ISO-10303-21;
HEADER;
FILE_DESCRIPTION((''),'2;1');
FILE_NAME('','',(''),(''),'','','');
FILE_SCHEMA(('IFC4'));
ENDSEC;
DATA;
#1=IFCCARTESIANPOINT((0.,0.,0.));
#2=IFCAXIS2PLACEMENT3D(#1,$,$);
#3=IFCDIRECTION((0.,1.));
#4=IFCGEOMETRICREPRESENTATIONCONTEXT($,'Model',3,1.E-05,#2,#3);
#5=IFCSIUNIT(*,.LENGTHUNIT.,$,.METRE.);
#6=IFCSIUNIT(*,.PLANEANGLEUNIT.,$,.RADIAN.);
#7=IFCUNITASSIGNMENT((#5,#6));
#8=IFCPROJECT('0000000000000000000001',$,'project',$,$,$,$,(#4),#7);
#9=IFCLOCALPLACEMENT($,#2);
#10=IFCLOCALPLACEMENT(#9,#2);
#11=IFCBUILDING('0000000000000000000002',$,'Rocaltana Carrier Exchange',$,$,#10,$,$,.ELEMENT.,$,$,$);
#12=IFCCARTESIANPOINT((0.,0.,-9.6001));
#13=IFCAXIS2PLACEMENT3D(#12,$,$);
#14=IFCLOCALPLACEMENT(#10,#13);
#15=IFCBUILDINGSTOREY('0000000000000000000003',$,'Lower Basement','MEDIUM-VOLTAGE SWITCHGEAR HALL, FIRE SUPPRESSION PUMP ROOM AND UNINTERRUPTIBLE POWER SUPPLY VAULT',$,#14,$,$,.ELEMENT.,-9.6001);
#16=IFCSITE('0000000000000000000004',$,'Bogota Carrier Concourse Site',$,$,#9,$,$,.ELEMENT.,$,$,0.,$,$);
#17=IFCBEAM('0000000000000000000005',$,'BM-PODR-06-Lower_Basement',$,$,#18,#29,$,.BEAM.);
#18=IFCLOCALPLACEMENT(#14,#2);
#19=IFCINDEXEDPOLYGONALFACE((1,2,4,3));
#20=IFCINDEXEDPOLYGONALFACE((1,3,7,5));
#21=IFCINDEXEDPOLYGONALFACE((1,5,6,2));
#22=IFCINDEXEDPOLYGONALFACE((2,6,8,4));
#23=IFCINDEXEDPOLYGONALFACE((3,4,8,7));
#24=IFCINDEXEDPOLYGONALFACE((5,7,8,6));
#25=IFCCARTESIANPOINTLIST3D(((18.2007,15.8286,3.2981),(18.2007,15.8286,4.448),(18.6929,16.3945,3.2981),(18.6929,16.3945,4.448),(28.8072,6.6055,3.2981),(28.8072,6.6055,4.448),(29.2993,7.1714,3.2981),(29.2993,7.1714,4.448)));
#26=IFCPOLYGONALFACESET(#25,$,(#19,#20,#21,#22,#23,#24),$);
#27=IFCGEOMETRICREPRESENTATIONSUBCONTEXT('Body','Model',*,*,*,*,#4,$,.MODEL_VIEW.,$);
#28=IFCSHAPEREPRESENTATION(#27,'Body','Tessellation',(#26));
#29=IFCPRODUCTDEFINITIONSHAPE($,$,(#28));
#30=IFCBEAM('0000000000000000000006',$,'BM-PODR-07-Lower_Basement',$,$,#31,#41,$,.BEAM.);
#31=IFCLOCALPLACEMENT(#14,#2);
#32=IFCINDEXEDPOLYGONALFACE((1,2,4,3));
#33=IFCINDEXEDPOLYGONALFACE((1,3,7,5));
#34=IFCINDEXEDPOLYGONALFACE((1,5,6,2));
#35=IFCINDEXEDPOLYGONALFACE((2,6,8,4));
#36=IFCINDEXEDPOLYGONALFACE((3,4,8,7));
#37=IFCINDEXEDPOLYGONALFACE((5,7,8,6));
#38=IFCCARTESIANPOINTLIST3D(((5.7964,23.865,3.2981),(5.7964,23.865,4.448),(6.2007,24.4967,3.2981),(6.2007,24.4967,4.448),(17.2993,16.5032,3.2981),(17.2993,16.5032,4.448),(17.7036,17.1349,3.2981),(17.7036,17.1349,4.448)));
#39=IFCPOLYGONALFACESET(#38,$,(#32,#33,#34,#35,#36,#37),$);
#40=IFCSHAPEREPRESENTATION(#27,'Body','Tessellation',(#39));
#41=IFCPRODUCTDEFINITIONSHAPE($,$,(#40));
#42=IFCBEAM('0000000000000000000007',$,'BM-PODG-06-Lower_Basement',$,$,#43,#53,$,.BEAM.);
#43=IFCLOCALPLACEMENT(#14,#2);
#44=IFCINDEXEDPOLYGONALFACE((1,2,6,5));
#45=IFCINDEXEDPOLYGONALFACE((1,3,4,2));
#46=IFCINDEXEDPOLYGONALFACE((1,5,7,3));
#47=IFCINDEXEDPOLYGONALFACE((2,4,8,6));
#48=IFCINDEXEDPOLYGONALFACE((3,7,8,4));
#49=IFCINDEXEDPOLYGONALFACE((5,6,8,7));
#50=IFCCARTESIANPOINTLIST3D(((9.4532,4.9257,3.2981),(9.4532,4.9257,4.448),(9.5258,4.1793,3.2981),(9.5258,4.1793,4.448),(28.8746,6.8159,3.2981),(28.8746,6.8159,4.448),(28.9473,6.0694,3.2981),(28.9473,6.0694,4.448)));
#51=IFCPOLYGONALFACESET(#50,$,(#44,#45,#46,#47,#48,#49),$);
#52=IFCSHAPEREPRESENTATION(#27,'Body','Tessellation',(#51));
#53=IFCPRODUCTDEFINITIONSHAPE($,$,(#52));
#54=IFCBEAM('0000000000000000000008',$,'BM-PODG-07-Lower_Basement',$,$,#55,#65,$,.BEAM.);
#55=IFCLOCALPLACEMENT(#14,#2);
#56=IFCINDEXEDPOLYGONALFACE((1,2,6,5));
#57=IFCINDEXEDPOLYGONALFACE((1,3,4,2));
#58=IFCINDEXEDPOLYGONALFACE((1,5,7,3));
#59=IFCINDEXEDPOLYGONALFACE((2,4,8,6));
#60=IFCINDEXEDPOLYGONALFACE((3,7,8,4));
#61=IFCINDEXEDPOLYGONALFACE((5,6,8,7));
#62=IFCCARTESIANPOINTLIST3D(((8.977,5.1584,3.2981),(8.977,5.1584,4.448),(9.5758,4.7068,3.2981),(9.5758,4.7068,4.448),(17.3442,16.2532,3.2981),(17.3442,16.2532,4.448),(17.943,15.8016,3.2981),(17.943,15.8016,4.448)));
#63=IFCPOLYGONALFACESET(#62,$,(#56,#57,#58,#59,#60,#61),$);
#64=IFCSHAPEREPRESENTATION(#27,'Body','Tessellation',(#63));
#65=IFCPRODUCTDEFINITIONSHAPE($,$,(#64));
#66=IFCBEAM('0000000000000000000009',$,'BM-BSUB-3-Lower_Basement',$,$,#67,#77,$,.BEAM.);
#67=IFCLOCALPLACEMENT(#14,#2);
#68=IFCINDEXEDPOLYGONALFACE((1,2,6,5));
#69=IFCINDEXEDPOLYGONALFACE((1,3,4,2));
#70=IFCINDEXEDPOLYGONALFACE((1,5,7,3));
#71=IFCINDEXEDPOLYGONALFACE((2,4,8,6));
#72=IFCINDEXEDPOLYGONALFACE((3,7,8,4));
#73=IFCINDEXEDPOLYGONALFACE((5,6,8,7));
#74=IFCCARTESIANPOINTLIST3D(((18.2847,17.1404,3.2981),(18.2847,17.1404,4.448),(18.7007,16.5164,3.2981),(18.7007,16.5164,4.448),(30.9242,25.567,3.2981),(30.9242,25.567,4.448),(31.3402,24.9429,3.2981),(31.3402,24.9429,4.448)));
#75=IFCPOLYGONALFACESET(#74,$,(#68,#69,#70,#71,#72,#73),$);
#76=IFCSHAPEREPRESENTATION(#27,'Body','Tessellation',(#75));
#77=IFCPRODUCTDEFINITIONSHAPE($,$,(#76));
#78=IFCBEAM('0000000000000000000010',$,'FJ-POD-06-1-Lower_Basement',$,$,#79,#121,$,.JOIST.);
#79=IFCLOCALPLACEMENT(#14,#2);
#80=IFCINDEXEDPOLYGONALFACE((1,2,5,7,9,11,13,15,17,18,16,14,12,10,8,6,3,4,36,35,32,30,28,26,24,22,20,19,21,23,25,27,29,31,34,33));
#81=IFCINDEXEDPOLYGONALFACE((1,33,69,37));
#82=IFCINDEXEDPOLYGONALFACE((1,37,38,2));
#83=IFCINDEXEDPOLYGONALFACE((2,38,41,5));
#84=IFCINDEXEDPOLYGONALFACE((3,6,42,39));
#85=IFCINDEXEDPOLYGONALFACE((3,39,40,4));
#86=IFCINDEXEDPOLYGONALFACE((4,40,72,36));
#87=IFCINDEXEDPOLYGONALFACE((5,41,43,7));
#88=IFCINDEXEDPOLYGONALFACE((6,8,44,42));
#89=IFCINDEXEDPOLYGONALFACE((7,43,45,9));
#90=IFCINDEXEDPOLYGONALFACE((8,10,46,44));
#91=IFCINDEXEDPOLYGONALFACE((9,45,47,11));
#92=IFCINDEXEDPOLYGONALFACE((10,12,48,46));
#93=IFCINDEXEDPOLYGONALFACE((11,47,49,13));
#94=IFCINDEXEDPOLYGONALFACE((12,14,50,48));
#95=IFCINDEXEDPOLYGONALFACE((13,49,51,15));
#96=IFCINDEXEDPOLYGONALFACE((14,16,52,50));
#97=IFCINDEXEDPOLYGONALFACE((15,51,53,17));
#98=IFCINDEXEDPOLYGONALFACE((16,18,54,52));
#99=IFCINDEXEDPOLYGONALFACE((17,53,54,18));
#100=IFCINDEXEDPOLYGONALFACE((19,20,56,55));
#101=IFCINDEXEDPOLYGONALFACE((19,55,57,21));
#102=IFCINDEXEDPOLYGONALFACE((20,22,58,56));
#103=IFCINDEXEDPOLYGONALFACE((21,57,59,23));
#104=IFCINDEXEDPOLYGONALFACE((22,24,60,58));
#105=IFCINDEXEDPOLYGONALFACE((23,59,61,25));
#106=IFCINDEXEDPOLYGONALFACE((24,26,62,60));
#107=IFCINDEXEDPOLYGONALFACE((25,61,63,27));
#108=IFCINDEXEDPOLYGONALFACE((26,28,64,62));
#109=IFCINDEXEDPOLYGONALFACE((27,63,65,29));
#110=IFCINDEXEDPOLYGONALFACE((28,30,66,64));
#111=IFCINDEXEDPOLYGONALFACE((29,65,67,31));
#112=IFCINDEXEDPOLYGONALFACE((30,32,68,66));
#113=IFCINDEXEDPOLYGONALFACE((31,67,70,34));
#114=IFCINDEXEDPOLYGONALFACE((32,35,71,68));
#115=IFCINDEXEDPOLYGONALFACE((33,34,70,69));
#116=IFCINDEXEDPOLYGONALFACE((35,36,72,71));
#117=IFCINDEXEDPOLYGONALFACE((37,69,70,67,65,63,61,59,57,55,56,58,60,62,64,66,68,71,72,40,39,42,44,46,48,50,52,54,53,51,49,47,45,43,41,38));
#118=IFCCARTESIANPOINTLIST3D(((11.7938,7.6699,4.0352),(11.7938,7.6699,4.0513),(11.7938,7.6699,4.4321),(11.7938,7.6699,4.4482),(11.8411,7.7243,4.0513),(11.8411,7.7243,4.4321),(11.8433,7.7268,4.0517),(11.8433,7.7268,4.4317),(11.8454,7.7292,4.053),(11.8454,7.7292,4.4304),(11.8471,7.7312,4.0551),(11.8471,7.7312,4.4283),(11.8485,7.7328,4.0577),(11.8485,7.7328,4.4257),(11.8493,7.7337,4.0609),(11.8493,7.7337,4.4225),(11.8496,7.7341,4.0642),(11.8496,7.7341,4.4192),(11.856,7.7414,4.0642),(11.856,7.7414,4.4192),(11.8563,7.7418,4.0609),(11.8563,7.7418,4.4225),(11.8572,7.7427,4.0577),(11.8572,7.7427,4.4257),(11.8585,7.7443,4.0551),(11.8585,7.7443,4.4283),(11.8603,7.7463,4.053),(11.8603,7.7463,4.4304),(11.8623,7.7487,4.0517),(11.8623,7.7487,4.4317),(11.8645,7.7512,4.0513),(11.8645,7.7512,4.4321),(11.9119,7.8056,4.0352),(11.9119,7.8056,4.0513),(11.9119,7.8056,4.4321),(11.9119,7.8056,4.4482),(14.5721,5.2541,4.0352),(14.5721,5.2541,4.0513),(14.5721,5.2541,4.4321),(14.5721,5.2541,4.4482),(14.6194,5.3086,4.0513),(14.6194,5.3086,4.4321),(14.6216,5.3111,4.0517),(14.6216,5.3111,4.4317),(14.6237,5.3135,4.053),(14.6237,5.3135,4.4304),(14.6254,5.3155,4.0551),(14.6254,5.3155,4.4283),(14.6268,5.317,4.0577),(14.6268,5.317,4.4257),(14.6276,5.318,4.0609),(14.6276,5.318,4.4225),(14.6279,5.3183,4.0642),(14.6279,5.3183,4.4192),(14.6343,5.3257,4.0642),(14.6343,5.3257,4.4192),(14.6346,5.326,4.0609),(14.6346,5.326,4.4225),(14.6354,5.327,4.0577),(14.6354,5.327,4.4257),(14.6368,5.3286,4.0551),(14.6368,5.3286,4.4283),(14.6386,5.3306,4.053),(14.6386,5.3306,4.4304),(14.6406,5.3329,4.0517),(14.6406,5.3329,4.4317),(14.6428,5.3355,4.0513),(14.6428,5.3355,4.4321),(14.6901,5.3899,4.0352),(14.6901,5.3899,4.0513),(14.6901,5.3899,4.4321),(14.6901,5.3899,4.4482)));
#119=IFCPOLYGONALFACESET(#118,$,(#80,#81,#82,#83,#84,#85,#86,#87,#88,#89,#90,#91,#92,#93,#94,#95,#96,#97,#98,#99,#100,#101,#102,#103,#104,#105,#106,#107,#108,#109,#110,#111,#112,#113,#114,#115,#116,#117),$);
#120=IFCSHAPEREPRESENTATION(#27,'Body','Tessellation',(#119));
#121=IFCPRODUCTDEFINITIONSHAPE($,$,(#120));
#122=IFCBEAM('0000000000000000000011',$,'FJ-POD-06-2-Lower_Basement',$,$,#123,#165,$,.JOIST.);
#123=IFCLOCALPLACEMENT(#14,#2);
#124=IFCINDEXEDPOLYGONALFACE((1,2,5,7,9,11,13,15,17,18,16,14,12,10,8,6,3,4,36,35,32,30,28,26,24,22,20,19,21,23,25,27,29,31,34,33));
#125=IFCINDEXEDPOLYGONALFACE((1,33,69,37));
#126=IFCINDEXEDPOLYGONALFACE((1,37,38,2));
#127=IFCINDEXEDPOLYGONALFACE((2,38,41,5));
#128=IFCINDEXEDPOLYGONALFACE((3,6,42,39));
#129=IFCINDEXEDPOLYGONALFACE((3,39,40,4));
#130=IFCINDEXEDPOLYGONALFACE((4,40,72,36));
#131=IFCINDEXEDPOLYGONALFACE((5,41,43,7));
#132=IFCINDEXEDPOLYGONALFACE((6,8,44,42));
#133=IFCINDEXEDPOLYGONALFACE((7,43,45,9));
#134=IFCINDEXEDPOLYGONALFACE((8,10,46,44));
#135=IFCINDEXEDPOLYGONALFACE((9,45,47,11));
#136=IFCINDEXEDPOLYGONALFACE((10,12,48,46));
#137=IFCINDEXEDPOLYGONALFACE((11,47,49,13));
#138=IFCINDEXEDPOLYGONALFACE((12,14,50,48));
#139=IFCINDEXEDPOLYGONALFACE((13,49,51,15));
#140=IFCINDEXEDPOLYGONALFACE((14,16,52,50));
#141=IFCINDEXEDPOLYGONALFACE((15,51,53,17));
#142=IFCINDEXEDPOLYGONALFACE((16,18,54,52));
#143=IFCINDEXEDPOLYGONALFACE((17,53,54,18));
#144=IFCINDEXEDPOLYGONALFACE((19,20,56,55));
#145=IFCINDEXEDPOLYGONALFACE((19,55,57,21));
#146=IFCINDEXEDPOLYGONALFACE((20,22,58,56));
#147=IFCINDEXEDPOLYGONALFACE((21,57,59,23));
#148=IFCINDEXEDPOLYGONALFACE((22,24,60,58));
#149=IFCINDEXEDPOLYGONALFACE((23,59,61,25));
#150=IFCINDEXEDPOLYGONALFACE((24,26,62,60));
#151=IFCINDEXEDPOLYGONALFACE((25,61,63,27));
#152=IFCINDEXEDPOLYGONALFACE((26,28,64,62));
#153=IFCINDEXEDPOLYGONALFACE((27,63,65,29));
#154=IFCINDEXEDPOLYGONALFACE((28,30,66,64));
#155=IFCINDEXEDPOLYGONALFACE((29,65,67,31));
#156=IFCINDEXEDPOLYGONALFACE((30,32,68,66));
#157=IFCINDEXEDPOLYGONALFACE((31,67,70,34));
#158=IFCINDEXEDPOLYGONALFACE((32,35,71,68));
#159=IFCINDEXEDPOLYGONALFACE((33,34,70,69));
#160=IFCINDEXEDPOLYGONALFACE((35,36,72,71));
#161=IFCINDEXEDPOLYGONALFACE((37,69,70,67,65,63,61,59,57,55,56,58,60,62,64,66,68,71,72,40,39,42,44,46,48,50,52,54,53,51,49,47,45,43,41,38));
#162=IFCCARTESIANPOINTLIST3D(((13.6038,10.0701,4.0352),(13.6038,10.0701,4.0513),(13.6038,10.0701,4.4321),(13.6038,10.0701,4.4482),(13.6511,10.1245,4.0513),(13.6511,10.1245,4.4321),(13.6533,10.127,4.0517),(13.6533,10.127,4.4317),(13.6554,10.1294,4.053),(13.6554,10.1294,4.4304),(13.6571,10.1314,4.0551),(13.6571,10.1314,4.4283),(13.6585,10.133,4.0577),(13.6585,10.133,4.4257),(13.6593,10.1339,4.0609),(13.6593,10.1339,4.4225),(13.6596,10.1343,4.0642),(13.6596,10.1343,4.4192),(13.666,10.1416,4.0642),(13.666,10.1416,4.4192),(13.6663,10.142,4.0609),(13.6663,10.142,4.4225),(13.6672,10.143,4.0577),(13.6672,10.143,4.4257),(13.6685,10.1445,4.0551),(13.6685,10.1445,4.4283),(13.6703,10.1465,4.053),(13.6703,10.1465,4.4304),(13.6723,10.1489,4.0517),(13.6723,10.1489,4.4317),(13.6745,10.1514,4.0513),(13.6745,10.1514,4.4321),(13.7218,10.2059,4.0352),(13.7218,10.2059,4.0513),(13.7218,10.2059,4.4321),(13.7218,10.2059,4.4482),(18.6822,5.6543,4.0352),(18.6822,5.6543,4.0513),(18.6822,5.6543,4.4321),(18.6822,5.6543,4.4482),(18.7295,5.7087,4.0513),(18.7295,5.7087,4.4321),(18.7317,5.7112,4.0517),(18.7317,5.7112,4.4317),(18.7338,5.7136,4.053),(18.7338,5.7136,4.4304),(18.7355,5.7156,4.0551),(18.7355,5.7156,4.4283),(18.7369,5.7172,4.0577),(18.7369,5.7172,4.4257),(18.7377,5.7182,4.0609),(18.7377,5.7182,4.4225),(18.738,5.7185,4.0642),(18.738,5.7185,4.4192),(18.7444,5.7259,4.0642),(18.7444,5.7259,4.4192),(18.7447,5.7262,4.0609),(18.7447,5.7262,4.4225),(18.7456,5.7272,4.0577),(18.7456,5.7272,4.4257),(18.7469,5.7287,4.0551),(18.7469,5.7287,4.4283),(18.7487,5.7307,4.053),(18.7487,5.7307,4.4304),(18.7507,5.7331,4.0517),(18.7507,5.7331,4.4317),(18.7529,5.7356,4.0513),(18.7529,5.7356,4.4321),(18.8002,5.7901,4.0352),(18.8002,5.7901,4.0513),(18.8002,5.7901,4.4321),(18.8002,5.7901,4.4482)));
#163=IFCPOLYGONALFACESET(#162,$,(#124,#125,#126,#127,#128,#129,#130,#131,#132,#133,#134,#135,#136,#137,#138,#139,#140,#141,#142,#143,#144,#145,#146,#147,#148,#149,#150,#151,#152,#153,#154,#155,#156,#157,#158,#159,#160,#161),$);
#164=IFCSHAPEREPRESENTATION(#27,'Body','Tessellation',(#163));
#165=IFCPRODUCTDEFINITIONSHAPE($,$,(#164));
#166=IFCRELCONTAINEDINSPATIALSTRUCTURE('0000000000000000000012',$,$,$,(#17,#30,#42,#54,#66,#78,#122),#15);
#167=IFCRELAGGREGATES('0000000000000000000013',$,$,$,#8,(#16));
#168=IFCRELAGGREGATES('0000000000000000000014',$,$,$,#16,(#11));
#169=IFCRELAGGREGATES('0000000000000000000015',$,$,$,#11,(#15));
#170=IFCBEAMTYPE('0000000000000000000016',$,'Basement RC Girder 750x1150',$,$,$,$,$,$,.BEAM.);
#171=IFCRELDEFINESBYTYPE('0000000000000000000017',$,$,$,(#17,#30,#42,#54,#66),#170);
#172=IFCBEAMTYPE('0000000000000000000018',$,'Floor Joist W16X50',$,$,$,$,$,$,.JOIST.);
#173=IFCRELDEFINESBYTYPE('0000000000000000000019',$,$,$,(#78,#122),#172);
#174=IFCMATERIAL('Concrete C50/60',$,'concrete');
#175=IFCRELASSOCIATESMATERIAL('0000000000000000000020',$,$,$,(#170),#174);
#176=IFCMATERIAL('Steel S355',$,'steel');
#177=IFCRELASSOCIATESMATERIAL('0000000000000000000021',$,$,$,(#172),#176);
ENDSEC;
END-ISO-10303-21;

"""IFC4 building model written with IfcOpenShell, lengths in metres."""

from ifc_helpers import new_model, si_unit, direction, frame, origin, origin_2d, place, context, subcontext, project, spatial, rectangle, i_section, extrude, material, material_profile, profile_set, type_object, element, save


model = new_model("IFC4")

# Units and contexts
model_context = context("Model", 3, precision=1e-05, world=origin(), true_north=direction((0.0, 1.0)))
body_context = subcontext(model_context, "Body", "Model", "MODEL_VIEW")
ifc_project = project(units=[si_unit("LENGTHUNIT", "METRE"), si_unit("PLANEANGLEUNIT", "RADIAN")], contexts=[model_context])

# Site, building, storey
site_placement = place(None, origin())
site = spatial("IfcSite", under=ifc_project, at=site_placement, Name="Bogota Carrier Concourse Site", CompositionType="ELEMENT", RefElevation=0.0)
building_placement = place(site_placement, origin())
building = spatial("IfcBuilding", under=site, at=building_placement, Name="Rocaltana Carrier Exchange", CompositionType="ELEMENT")
storey_placement = place(building_placement, frame((0.0, 0.0, -9.6001)))
storey = spatial("IfcBuildingStorey", under=building, at=storey_placement, Name="Lower Basement", Description="MEDIUM-VOLTAGE SWITCHGEAR HALL, FIRE SUPPRESSION PUMP ROOM AND UNINTERRUPTIBLE POWER SUPPLY VAULT", CompositionType="ELEMENT", Elevation=-9.6001)

# Beams
ifc_material_1 = material(Name="Concrete C50/60", Category="concrete")
ifc_material_profile_1 = material_profile(ifc_material_1, rectangle(XDim=0.75, YDim=1.1499, at=origin_2d()), Name="RC-BM-750X1150")
ifc_profile_set_1 = profile_set([ifc_material_profile_1], Name="Concrete C50/60")
beam_type_1 = type_object("IfcBeamType", Name="Basement RC Girder 750x1150", PredefinedType="BEAM", material=ifc_profile_set_1)
beam_1_placement = place(storey_placement, frame((29.0532, 6.8884, 3.873), z_axis=(-0.7546, 0.656185, 0.0), x_axis=(-0.656185, -0.7546, 0.0)))
element("IfcBeam", 1, at=beam_1_placement, inside=storey, type_object=beam_type_1, Name="BM-PODR-06-Lower_Basement", PredefinedType="BEAM", context=body_context, shape_type="SweptSolid", body=[
    extrude(rectangle(XDim=0.75, YDim=1.1499, at=origin_2d()), origin(), (0.0, 0.0, 1.0), 14.0557),
])
beam_2_placement = place(storey_placement, frame((17.5015, 16.8191, 3.873), z_axis=(-0.842273, 0.539051, 0.0), x_axis=(-0.539051, -0.842273, 0.0)))
element("IfcBeam", 2, at=beam_2_placement, inside=storey, type_object=beam_type_1, Name="BM-PODR-07-Lower_Basement", PredefinedType="BEAM", context=body_context, shape_type="SweptSolid", body=[
    extrude(rectangle(XDim=0.75, YDim=1.1499, at=origin_2d()), origin(), (0.0, 0.0, 1.0), 13.657),
])
beam_3_placement = place(storey_placement, frame((9.4895, 4.5525, 3.873), z_axis=(0.995298, 0.096865, 0.0), x_axis=(-0.096865, 0.995298, 0.0)))
element("IfcBeam", 3, at=beam_3_placement, inside=storey, type_object=beam_type_1, Name="BM-PODG-06-Lower_Basement", PredefinedType="BEAM", context=body_context, shape_type="SweptSolid", body=[
    extrude(rectangle(XDim=0.75, YDim=1.1499, at=origin_2d()), origin(), (0.0, 0.0, 1.0), 19.5132),
])
beam_4_placement = place(storey_placement, frame((9.2764, 4.9326, 3.873), z_axis=(0.602123, 0.798403, 0.0), x_axis=(-0.798403, 0.602123, 0.0)))
element("IfcBeam", 4, at=beam_4_placement, inside=storey, type_object=beam_type_1, Name="BM-PODG-07-Lower_Basement", PredefinedType="BEAM", context=body_context, shape_type="SweptSolid", body=[
    extrude(rectangle(XDim=0.75, YDim=1.1499, at=origin_2d()), origin(), (0.0, 0.0, 1.0), 13.8962),
])
beam_5_placement = place(storey_placement, frame((18.4927, 16.8284, 3.873), z_axis=(0.832043, 0.554711, 0.0), x_axis=(-0.554711, 0.832043, 0.0)))
element("IfcBeam", 5, at=beam_5_placement, inside=storey, type_object=beam_type_1, Name="BM-BSUB-3-Lower_Basement", PredefinedType="BEAM", context=body_context, shape_type="SweptSolid", body=[
    extrude(rectangle(XDim=0.75, YDim=1.1499, at=origin_2d()), origin(), (0.0, 0.0, 1.0), 15.1909),
])
ifc_material_2 = material(Name="Steel S355", Category="steel")
ifc_material_profile_2 = material_profile(ifc_material_2, i_section(OverallWidth=0.1799, OverallDepth=0.4131, WebThickness=0.0098, FlangeThickness=0.0161, FilletRadius=0.0129, at=origin_2d()), Name="W16X50")
ifc_profile_set_2 = profile_set([ifc_material_profile_2], Name="Steel S355")
beam_type_2 = type_object("IfcBeamType", Name="Floor Joist W16X50", PredefinedType="JOIST", material=ifc_profile_set_2)
beam_6_placement = place(storey_placement, frame((14.6311, 5.322, 4.2417), z_axis=(-0.754627, 0.656154, 0.0), x_axis=(-0.656154, -0.754627, 0.0)))
element("IfcBeam", 6, at=beam_6_placement, inside=storey, type_object=beam_type_2, Name="FJ-POD-06-1-Lower_Basement", PredefinedType="JOIST", context=body_context, shape_type="SweptSolid", body=[
    extrude(i_section(OverallWidth=0.1799, OverallDepth=0.4131, WebThickness=0.0098, FlangeThickness=0.0161, FilletRadius=0.0129, at=origin_2d()), origin(), (0.0, 0.0, 1.0), 3.6816),
])
beam_7_placement = place(storey_placement, frame((18.7412, 5.7222, 4.2417), z_axis=(-0.75462, 0.656162, 0.0), x_axis=(-0.656162, -0.75462, 0.0)))
element("IfcBeam", 7, at=beam_7_placement, inside=storey, type_object=beam_type_2, Name="FJ-POD-06-2-Lower_Basement", PredefinedType="JOIST", context=body_context, shape_type="SweptSolid", body=[
    extrude(i_section(OverallWidth=0.1799, OverallDepth=0.4131, WebThickness=0.0098, FlangeThickness=0.0161, FilletRadius=0.0129, at=origin_2d()), origin(), (0.0, 0.0, 1.0), 6.7297),
])

save(model, "model.ifc")
